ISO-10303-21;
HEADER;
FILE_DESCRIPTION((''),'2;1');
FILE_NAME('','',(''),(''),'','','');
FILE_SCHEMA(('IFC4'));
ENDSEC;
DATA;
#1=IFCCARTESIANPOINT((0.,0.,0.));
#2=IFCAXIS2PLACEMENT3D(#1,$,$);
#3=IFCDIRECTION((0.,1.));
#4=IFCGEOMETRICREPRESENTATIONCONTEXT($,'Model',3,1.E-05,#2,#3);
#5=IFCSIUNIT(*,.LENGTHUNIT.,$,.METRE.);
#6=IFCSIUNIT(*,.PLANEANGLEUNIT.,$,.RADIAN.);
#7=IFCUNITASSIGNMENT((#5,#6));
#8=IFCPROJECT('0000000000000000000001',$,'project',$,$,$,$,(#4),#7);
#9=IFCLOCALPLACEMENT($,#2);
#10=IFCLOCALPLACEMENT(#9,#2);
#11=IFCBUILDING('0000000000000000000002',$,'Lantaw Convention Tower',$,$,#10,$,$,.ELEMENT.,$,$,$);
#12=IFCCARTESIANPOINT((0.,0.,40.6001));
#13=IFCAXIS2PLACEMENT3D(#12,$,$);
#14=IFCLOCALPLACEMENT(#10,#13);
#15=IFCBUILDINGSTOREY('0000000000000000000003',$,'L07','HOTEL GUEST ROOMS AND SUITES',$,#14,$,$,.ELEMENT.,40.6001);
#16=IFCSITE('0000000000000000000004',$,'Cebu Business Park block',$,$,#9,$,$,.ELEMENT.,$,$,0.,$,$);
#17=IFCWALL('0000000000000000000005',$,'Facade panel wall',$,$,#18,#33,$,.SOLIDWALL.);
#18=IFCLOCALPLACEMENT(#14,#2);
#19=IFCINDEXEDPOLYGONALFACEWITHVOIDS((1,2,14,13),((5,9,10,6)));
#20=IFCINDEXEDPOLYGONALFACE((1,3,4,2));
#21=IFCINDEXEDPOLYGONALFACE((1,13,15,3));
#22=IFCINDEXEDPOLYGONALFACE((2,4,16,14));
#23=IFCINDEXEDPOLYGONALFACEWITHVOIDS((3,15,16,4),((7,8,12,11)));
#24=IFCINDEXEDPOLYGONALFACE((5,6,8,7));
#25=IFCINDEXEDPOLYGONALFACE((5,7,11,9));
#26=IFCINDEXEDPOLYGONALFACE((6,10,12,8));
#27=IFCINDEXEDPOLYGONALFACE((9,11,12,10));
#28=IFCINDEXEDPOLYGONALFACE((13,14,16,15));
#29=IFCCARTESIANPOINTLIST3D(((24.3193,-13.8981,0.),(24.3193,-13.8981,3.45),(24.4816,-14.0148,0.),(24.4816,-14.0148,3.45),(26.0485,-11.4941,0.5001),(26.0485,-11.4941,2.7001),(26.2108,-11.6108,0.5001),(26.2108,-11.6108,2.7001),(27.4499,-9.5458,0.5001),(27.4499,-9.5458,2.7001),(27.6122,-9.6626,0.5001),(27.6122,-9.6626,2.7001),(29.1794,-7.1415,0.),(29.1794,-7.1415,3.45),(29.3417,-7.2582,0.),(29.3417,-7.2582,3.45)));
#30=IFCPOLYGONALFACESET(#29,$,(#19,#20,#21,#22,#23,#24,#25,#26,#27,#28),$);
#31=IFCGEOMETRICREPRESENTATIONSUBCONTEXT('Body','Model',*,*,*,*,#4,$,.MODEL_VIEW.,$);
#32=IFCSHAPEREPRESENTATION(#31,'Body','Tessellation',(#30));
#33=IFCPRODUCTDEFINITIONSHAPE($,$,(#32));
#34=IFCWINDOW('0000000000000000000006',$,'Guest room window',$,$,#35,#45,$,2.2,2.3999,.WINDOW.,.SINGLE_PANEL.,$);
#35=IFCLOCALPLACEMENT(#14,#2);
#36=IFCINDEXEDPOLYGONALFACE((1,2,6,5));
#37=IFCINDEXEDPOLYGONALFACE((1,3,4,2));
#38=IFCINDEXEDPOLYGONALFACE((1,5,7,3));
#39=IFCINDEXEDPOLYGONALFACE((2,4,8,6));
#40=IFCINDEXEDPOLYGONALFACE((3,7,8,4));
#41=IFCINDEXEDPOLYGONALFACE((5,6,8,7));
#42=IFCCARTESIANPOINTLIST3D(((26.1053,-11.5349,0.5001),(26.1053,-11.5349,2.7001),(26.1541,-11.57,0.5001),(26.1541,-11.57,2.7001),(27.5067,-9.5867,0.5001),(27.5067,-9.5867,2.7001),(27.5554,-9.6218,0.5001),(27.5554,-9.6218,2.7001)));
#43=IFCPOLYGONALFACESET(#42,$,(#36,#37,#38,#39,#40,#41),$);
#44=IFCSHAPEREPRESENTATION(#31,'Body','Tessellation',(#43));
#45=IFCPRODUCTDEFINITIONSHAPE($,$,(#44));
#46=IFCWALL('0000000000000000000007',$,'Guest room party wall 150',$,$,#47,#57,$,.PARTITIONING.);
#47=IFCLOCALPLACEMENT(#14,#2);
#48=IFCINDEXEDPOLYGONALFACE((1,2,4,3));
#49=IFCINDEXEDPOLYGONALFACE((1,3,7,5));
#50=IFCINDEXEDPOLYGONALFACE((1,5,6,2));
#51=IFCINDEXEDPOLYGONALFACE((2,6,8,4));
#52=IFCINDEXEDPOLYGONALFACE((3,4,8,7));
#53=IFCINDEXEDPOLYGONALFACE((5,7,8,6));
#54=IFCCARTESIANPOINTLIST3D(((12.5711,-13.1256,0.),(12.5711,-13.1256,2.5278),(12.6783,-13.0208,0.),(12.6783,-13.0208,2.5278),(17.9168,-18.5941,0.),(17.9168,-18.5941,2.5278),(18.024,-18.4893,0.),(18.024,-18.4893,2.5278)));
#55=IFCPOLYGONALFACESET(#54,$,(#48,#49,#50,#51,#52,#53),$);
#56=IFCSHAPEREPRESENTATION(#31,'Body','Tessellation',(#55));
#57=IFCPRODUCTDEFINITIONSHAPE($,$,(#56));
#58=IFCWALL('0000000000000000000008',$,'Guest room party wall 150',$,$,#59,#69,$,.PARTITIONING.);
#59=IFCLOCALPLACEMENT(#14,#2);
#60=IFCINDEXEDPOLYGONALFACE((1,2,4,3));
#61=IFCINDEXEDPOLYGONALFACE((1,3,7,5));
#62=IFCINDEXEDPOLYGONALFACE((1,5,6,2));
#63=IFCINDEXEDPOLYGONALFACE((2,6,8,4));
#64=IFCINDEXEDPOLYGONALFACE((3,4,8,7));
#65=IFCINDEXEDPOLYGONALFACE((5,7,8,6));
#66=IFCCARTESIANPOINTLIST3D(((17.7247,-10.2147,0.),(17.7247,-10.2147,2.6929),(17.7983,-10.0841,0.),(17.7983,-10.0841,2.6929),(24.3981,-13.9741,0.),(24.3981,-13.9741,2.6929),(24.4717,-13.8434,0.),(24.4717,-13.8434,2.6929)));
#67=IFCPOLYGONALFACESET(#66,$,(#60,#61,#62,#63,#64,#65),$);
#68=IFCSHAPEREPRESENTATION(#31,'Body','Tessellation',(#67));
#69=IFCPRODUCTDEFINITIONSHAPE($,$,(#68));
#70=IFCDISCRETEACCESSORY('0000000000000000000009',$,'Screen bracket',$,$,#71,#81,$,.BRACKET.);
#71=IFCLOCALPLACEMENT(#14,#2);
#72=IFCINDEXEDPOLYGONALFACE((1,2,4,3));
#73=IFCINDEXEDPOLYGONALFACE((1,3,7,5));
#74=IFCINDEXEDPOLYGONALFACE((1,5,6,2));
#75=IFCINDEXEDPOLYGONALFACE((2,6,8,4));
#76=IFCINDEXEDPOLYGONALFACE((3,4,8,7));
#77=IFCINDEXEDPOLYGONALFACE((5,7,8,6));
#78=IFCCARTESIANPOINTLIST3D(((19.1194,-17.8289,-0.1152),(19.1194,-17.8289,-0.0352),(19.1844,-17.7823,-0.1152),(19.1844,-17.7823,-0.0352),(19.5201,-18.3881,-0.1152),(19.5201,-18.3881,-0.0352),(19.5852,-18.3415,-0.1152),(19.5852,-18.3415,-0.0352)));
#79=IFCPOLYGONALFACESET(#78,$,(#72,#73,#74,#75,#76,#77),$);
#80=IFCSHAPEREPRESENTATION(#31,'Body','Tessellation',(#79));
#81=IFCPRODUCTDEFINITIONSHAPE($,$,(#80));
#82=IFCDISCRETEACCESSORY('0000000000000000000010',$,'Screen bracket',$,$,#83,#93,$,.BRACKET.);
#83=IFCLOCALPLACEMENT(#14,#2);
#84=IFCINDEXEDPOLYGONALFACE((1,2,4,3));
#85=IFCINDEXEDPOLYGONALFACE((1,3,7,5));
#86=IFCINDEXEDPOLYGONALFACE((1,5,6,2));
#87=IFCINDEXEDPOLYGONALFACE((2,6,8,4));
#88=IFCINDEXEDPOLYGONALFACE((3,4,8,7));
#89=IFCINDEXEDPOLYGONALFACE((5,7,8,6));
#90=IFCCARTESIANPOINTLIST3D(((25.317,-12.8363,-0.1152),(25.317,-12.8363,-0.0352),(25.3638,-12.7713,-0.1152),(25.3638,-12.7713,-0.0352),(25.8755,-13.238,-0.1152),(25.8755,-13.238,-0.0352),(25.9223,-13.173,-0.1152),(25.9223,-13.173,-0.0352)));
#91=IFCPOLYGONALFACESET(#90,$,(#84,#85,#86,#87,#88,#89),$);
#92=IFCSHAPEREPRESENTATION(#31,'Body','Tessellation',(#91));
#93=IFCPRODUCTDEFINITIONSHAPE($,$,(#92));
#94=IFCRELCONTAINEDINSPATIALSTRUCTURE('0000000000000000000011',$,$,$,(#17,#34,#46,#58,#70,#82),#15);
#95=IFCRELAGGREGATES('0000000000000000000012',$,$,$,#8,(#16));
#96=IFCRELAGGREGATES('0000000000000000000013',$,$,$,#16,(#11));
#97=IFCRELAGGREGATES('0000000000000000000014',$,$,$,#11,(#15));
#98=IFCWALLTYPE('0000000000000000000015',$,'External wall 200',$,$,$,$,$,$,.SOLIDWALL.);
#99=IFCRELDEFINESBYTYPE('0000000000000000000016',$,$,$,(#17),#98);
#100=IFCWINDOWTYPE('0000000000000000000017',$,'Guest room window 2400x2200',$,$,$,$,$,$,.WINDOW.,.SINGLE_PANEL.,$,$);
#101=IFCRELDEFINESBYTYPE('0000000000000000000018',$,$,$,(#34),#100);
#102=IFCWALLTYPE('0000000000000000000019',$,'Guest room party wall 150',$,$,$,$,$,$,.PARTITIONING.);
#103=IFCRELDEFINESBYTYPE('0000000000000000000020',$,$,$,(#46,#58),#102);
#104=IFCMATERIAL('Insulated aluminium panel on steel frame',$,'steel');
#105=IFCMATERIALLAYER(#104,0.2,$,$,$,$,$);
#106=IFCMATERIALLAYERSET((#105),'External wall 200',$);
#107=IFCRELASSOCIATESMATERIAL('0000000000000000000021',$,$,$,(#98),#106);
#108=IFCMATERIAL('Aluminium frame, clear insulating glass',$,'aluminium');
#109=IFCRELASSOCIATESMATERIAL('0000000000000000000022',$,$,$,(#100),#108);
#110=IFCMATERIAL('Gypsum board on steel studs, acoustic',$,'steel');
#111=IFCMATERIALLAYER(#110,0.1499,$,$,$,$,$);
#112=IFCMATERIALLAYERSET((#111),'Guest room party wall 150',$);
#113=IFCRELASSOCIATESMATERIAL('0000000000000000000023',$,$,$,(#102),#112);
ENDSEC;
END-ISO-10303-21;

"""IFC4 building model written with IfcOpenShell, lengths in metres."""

from ifc_helpers import new_model, si_unit, direction, frame, frame_2d, origin, origin_2d, place, context, subcontext, project, spatial, rectangle, extrude, material, layer, layer_set, type_object, element, fill, save


model = new_model("IFC4")

# Units and contexts
model_context = context("Model", 3, precision=1e-05, world=origin(), true_north=direction((0.0, 1.0)))
body_context = subcontext(model_context, "Body", "Model", "MODEL_VIEW")
ifc_project = project(units=[si_unit("LENGTHUNIT", "METRE"), si_unit("PLANEANGLEUNIT", "RADIAN")], contexts=[model_context])

# Site, building, storey
site_placement = place(None, origin())
site = spatial("IfcSite", under=ifc_project, at=site_placement, Name="Cebu Business Park block", CompositionType="ELEMENT", RefElevation=0.0)
building_placement = place(site_placement, origin())
building = spatial("IfcBuilding", under=site, at=building_placement, Name="Lantaw Convention Tower", CompositionType="ELEMENT")
storey_placement = place(building_placement, frame((0.0, 0.0, 40.6001)))
storey = spatial("IfcBuildingStorey", under=building, at=storey_placement, Name="L07", Description="HOTEL GUEST ROOMS AND SUITES", CompositionType="ELEMENT", Elevation=40.6001)

# Wall, opening, window
ifc_material_1 = material(Name="Insulated aluminium panel on steel frame", Category="steel")
ifc_layer_1 = layer(ifc_material_1, 0.2)
ifc_layer_set_1 = layer_set([ifc_layer_1], Name="External wall 200")
wall_type_1 = type_object("IfcWallType", Name="External wall 200", PredefinedType="SOLIDWALL", material=ifc_layer_set_1)
wall_1_placement = place(storey_placement, frame((24.4004, -13.9565, 0.0), z_axis=(0.0, 0.0, 1.0), x_axis=(0.583938, 0.811799, 0.0)))
wall_1 = element("IfcWall", 1, at=wall_1_placement, inside=storey, type_object=wall_type_1, Name="Facade panel wall", PredefinedType="SOLIDWALL", context=body_context, shape_type="SweptSolid", body=[
    extrude(rectangle(XDim=8.323, YDim=0.2, at=frame_2d((4.1616, 0.0))), origin(), (0.0, 0.0, 1.0), 3.45),
])
opening_placement = place(wall_1_placement, frame((2.9614, 0.0, 0.5)))
opening = element("IfcOpeningElement", 2, at=opening_placement, cuts=wall_1, PredefinedType="OPENING", context=body_context, shape_type="SweptSolid", body=[
    extrude(rectangle(XDim=2.3999, YDim=2.2, at=frame_2d((1.2, 1.1001))), frame((0.0, 0.1099, 0.0), z_axis=(0.0, -1.0, 0.0), x_axis=(1.0, 0.0, 0.0)), (0.0, 0.0, 1.0), 0.22),
])
ifc_material_2 = material(Name="Aluminium frame, clear insulating glass", Category="aluminium")
window_type = type_object("IfcWindowType", Name="Guest room window 2400x2200", PartitioningType="SINGLE_PANEL", PredefinedType="WINDOW", material=ifc_material_2)
window_placement = place(opening_placement, origin())
window = element("IfcWindow", 3, at=window_placement, inside=storey, type_object=window_type, Name="Guest room window", OverallHeight=2.2, OverallWidth=2.3999, PartitioningType="SINGLE_PANEL", PredefinedType="WINDOW", context=body_context, shape_type="SweptSolid", body=[
    extrude(rectangle(XDim=2.3999, YDim=2.2, at=frame_2d((1.2, 1.1001))), frame((0.0, 0.03, 0.0), z_axis=(0.0, -1.0, 0.0), x_axis=(1.0, 0.0, 0.0)), (0.0, 0.0, 1.0), 0.0601),
])
fill(opening, window)

# Walls
ifc_material_3 = material(Name="Gypsum board on steel studs, acoustic", Category="steel")
ifc_layer_2 = layer(ifc_material_3, 0.1499)
ifc_layer_set_2 = layer_set([ifc_layer_2], Name="Guest room party wall 150")
wall_type_2 = type_object("IfcWallType", Name="Guest room party wall 150", PredefinedType="PARTITIONING", material=ifc_layer_set_2)
wall_2_placement = place(storey_placement, frame((17.9705, -18.5417, 0.0), z_axis=(0.0, 0.0, 1.0), x_axis=(-0.699032, 0.71509, 0.0)))
element("IfcWall", 4, at=wall_2_placement, inside=storey, type_object=wall_type_2, Name="Guest room party wall 150", PredefinedType="PARTITIONING", context=body_context, shape_type="SweptSolid", body=[
    extrude(rectangle(XDim=7.6472, YDim=0.1499, at=frame_2d((3.8237, 0.0))), origin(), (0.0, 0.0, 1.0), 2.5278),
])
wall_3_placement = place(storey_placement, frame((24.4348, -13.9087, 0.0), z_axis=(0.0, 0.0, 1.0), x_axis=(-0.871267, 0.490809, 0.0)))
element("IfcWall", 5, at=wall_3_placement, inside=storey, type_object=wall_type_2, Name="Guest room party wall 150", PredefinedType="PARTITIONING", context=body_context, shape_type="SweptSolid", body=[
    extrude(rectangle(XDim=7.6594, YDim=0.1499, at=frame_2d((3.8296, 0.0))), origin(), (0.0, 0.0, 1.0), 2.6929),
])

# Discrete accessories
for number, where, z_axis, x_axis, name in (
    (6, (19.3523, -18.0852, -0.1152), (0.0, 0.0, 1.0), (0.812804, 0.582538, 0.0), "Screen bracket"),
    (7, (25.6196, -13.0046, -0.1152), (0.0, 0.0, 1.0), (0.583951, 0.811789, 0.0), "Screen bracket"),
):
    element("IfcDiscreteAccessory", number, at=place(storey_placement, frame(where, z_axis=z_axis, x_axis=x_axis)), inside=storey, Name=name, PredefinedType="BRACKET", context=body_context, shape_type="SweptSolid", body=[
        extrude(rectangle(XDim=0.0801, YDim=0.688, at=origin_2d()), origin(), (0.0, 0.0, 1.0), 0.0801),
    ])

save(model, "model.ifc")
